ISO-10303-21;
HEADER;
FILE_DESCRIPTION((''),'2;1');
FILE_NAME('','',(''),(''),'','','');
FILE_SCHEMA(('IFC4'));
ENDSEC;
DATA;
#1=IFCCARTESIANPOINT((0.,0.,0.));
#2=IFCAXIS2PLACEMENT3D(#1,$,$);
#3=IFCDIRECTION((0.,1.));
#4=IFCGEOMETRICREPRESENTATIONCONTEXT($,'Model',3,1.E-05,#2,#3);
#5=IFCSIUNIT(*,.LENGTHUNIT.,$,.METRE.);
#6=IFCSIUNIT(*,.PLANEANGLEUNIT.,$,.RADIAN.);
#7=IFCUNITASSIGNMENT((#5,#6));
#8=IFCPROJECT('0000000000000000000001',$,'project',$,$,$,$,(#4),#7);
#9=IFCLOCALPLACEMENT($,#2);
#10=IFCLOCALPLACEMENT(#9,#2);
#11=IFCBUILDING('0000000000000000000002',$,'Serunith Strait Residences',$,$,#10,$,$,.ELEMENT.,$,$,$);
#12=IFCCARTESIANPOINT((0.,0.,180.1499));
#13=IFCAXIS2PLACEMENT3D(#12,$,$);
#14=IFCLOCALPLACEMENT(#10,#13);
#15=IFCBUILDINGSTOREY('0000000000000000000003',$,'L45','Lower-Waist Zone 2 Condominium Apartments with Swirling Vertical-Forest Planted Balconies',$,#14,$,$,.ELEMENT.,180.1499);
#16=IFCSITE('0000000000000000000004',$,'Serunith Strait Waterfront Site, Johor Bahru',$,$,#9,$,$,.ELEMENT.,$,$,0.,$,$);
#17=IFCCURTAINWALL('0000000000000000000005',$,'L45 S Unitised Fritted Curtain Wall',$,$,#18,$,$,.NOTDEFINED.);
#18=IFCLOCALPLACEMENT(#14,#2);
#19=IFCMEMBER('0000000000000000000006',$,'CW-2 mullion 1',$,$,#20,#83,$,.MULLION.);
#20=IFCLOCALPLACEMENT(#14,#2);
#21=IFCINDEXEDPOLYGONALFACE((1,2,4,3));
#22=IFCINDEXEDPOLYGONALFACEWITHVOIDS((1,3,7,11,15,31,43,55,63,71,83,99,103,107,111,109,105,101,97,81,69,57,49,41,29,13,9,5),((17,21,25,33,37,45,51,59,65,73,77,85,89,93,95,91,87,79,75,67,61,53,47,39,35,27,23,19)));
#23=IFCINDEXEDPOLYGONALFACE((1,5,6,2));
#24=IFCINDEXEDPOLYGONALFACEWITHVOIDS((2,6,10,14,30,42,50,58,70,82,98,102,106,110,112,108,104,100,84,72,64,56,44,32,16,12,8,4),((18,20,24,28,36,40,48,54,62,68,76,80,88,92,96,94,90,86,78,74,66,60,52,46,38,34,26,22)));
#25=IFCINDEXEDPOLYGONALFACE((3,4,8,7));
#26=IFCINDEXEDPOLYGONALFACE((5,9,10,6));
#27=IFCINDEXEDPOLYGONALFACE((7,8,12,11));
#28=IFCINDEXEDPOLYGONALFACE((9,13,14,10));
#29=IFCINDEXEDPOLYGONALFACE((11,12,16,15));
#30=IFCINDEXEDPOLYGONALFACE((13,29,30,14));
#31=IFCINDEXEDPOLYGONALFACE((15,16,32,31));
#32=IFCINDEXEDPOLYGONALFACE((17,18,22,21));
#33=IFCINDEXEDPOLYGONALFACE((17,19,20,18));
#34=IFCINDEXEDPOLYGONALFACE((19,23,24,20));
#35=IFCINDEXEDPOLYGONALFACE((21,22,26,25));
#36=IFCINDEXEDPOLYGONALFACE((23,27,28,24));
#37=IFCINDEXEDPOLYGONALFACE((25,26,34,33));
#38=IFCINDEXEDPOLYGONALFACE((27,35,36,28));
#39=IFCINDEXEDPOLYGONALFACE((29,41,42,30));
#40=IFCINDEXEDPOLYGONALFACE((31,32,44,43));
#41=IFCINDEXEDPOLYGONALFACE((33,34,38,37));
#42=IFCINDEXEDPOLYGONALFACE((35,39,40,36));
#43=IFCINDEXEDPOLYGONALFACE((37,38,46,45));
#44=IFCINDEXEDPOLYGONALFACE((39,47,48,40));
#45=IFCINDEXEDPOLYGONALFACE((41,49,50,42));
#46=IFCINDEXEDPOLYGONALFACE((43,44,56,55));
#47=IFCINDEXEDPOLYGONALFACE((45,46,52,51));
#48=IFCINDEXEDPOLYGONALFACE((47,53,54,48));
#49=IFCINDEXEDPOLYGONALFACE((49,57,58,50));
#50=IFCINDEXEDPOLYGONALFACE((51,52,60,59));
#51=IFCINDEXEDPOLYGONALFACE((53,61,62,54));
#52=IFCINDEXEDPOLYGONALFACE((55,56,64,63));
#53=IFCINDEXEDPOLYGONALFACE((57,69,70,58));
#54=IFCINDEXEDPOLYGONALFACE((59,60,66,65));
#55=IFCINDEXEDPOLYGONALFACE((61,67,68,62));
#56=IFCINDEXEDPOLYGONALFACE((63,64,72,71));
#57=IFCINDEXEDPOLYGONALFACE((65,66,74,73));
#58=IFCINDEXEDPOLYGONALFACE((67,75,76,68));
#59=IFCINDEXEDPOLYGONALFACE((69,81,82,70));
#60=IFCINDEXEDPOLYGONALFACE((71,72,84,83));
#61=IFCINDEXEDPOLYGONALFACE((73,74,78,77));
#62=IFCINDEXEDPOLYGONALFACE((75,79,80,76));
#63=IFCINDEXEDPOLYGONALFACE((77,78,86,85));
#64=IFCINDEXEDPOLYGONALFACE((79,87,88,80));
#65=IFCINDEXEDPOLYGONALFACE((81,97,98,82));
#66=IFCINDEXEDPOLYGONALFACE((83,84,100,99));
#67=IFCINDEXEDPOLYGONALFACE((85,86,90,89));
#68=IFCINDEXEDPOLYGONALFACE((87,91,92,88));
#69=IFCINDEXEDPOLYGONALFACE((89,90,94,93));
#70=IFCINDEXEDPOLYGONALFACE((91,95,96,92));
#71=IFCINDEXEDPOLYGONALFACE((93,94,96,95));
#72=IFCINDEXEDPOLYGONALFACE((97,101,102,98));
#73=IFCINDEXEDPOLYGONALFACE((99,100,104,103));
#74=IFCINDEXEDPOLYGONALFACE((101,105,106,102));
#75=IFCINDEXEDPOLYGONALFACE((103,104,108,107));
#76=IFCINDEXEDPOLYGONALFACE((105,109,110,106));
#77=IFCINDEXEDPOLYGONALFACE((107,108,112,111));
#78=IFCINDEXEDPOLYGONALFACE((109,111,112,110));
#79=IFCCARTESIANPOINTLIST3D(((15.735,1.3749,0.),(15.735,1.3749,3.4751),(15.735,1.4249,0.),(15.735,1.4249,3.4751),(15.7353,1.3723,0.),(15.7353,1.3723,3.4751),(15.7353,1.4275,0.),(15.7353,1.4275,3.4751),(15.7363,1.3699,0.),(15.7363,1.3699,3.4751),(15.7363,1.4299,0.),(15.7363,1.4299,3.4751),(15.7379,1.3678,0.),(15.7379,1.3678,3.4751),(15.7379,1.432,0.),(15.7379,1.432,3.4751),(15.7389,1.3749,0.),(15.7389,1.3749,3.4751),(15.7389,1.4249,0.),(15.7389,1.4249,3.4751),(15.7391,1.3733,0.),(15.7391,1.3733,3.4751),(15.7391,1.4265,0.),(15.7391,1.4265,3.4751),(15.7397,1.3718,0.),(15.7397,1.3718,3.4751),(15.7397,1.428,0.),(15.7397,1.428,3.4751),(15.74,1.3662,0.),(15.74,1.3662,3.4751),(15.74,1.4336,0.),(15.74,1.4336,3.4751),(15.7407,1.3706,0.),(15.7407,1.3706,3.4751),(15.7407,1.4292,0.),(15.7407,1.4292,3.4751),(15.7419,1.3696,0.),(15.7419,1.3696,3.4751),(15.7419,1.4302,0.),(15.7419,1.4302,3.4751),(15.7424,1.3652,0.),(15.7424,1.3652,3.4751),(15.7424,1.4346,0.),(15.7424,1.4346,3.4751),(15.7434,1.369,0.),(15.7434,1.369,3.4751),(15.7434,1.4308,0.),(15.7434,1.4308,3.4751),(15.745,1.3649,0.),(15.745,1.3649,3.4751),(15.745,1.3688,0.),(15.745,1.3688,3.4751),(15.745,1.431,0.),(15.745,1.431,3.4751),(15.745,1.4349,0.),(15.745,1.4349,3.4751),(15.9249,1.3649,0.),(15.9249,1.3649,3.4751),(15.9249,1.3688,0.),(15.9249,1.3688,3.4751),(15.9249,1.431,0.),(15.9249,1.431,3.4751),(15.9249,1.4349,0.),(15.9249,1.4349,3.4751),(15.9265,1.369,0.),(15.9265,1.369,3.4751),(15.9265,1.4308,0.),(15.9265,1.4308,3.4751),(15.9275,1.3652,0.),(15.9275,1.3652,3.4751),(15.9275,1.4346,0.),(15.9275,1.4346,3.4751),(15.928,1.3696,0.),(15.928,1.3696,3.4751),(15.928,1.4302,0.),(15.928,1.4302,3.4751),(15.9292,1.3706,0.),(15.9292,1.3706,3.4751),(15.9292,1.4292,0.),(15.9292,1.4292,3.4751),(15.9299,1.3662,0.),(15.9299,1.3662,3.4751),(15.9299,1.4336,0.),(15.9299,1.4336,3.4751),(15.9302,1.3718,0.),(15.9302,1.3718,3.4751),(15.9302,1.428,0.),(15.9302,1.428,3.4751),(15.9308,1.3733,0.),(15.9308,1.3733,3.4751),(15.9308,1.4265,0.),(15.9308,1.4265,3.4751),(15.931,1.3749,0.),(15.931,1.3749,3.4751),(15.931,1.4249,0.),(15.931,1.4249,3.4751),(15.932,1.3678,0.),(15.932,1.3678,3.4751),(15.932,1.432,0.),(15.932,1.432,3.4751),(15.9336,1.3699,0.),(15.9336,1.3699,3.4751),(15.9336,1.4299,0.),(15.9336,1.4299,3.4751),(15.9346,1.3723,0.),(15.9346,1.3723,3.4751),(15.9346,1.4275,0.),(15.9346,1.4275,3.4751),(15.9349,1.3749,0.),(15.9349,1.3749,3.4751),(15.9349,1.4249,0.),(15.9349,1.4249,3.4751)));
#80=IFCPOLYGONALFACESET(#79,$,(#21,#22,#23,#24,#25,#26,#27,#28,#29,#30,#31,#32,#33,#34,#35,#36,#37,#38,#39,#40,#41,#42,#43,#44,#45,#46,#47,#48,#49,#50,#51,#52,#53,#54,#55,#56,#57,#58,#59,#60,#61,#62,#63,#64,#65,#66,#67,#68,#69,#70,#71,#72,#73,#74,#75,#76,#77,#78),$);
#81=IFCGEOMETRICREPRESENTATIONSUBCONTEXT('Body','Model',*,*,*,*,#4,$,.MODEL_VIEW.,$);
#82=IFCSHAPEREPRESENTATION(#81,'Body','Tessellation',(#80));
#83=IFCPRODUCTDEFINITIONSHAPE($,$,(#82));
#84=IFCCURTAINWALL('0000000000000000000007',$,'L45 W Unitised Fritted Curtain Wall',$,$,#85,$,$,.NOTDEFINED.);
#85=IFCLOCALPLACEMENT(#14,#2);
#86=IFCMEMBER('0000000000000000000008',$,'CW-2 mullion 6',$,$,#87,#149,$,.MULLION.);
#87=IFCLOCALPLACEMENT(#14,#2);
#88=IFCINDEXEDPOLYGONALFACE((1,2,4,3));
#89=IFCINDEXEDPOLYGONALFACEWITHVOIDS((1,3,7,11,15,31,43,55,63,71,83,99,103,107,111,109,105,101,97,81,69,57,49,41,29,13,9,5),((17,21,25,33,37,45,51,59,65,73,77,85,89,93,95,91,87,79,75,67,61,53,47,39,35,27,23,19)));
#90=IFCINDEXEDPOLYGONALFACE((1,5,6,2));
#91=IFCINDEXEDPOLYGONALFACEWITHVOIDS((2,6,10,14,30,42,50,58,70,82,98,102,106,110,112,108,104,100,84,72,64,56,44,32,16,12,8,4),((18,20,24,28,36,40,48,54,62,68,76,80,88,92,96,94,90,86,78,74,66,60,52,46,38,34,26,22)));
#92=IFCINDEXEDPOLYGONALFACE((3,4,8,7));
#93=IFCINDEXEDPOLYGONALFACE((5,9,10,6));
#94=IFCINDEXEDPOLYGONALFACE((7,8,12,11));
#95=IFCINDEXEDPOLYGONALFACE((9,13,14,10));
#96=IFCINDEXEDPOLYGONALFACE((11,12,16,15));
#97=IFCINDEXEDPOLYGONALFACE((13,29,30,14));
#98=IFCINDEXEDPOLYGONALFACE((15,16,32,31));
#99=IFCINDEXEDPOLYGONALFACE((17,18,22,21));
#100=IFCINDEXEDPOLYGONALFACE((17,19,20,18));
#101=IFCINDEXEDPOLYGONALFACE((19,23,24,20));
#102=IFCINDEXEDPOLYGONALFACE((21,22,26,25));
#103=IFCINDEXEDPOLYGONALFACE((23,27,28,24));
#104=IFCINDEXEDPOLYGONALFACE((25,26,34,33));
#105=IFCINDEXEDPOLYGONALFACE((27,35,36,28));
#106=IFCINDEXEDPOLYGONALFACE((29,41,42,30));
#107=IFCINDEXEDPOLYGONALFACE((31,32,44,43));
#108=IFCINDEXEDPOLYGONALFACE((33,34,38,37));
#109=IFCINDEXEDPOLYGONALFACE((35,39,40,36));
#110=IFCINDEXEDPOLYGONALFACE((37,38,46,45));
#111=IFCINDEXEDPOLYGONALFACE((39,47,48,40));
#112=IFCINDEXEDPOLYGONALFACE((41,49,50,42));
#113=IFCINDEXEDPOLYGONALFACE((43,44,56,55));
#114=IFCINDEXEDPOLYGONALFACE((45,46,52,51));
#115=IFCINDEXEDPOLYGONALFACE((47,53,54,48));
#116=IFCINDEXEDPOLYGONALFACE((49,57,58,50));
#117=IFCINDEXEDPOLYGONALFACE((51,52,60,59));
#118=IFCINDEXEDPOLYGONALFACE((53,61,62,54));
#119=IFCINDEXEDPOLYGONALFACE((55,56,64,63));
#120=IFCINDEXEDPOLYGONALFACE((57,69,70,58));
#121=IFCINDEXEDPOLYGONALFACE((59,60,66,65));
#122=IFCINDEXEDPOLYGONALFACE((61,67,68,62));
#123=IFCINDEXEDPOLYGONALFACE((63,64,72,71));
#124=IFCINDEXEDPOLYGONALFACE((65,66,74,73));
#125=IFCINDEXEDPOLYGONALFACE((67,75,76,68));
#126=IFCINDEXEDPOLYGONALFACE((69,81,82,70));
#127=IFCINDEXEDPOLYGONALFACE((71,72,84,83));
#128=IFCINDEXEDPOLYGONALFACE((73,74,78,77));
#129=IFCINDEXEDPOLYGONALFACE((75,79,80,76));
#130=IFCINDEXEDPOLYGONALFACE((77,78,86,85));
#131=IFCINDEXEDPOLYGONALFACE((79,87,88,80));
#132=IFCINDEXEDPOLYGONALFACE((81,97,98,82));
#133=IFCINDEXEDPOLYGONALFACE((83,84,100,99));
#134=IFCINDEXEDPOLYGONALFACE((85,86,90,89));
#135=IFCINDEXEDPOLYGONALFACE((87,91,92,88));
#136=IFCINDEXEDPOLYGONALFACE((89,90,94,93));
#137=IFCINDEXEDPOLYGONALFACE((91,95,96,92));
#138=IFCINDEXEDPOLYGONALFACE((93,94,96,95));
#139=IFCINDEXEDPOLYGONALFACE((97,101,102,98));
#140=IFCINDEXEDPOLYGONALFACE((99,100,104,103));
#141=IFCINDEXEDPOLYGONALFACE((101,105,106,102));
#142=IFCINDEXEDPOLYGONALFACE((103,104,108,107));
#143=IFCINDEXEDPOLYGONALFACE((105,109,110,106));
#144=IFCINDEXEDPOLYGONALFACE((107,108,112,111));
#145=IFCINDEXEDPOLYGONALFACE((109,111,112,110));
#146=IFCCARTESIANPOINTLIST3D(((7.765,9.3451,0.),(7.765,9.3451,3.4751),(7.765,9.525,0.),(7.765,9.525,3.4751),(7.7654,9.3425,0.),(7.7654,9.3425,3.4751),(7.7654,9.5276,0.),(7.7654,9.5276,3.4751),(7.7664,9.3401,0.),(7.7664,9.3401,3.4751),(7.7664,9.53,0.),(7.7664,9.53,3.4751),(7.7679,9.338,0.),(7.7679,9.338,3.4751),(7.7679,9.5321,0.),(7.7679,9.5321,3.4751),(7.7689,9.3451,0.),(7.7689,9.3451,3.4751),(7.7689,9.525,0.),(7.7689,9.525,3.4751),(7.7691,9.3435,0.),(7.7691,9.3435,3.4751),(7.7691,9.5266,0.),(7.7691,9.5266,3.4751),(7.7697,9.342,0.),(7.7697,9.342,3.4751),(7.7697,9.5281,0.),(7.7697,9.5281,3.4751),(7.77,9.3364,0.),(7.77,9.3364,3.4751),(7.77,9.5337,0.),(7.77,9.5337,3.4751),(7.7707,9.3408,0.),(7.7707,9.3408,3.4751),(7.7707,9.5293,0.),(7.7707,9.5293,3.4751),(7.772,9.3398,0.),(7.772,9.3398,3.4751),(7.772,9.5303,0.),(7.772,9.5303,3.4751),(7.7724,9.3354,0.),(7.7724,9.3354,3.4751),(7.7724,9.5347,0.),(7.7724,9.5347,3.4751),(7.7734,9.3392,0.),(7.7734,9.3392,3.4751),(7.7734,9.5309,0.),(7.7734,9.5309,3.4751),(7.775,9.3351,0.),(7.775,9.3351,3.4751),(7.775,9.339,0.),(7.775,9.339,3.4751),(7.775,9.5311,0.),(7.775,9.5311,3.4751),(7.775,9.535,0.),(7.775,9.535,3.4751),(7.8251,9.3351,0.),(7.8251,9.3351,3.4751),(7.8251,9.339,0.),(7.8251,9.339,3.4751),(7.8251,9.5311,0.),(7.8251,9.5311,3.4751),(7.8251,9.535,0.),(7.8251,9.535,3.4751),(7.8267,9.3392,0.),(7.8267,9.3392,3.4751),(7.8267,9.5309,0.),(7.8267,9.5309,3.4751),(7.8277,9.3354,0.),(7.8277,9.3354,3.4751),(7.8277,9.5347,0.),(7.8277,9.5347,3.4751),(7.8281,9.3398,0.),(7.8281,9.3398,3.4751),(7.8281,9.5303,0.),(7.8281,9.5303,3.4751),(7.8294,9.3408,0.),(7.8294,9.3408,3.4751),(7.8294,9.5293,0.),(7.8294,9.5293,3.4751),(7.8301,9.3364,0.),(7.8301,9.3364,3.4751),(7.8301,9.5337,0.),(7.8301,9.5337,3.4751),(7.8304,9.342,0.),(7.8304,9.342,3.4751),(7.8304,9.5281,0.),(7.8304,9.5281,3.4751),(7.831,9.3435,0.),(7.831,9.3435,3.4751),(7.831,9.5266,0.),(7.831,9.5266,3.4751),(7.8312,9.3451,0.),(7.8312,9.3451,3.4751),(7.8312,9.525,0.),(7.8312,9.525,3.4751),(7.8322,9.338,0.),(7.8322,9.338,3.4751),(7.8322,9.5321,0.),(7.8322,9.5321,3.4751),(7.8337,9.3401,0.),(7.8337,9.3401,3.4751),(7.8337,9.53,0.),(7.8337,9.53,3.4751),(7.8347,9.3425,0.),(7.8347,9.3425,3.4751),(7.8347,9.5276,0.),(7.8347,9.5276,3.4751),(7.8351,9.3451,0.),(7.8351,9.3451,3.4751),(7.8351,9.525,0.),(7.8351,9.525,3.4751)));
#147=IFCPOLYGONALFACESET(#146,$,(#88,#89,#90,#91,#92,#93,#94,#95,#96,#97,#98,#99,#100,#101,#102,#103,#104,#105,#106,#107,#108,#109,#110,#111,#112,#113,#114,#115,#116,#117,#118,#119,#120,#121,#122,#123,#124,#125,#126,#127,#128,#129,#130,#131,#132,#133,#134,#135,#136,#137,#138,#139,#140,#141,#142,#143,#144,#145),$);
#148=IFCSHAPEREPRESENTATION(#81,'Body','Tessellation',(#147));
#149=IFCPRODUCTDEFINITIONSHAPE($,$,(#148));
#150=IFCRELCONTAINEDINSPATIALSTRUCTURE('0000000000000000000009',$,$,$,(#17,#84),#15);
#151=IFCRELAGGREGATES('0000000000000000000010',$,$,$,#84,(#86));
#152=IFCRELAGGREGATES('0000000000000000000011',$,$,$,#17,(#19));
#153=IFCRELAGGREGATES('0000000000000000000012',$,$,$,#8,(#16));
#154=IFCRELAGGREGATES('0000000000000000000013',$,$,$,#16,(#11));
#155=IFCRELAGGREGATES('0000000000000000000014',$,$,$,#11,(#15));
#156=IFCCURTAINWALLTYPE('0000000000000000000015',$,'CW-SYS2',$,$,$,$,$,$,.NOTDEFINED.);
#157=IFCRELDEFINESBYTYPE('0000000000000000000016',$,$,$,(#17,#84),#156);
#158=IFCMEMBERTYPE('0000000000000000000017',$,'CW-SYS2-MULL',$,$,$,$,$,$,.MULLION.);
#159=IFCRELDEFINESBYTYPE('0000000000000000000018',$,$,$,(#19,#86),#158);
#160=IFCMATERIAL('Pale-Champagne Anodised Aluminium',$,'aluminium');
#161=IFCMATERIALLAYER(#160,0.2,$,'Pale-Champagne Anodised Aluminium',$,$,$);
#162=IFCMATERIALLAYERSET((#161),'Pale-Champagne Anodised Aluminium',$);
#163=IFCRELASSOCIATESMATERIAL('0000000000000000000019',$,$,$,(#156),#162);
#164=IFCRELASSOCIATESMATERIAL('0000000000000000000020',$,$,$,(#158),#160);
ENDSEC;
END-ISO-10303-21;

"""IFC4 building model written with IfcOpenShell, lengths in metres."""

from ifc_helpers import new_model, si_unit, direction, frame, origin, origin_2d, place, context, subcontext, project, spatial, hollow_rectangle, extrude, source, transform, mapped, material, layer, layer_set, material_profile, profile_set, type_object, element, aggregate, save


model = new_model("IFC4")

# Units and contexts
model_context = context("Model", 3, precision=1e-05, world=origin(), true_north=direction((0.0, 1.0)))
body_context = subcontext(model_context, "Body", "Model", "MODEL_VIEW")
ifc_project = project(units=[si_unit("LENGTHUNIT", "METRE"), si_unit("PLANEANGLEUNIT", "RADIAN")], contexts=[model_context])

# Site, building, storey
site_placement = place(None, origin())
site = spatial("IfcSite", under=ifc_project, at=site_placement, Name="Serunith Strait Waterfront Site, Johor Bahru", CompositionType="ELEMENT", RefElevation=0.0)
building_placement = place(site_placement, origin())
building = spatial("IfcBuilding", under=site, at=building_placement, Name="Serunith Strait Residences", CompositionType="ELEMENT")
storey_placement = place(building_placement, frame((0.0, 0.0, 180.1499)))
storey = spatial("IfcBuildingStorey", under=building, at=storey_placement, Name="L45", Description="Lower-Waist Zone 2 Condominium Apartments with Swirling Vertical-Forest Planted Balconies", CompositionType="ELEMENT", Elevation=180.1499)

# Curtain walls, members
ifc_material_1 = material(Name="Pale-Champagne Anodised Aluminium", Category="aluminium")
ifc_layer_1 = layer(ifc_material_1, 0.2, Name="Pale-Champagne Anodised Aluminium")
ifc_layer_set_1 = layer_set([ifc_layer_1], Name="Pale-Champagne Anodised Aluminium")
curtain_wall_type = type_object("IfcCurtainWallType", Name="CW-SYS2", PredefinedType="NOTDEFINED", material=ifc_layer_set_1)
curtain_wall_1_placement = place(storey_placement, origin())
curtain_wall_1 = element("IfcCurtainWall", 1, at=curtain_wall_1_placement, inside=storey, type_object=curtain_wall_type, Name="L45 S Unitised Fritted Curtain Wall", PredefinedType="NOTDEFINED")
ifc_material_profile_1 = material_profile(ifc_material_1, hollow_rectangle(XDim=0.0701, YDim=0.2, WallThickness=0.0039, InnerFilletRadius=0.0061, OuterFilletRadius=0.01, at=origin_2d()), Name="ALU 200x70x4")
ifc_profile_set_1 = profile_set([ifc_material_profile_1], Name="Pale-Champagne Anodised Aluminium")
member_type_1 = type_object("IfcMemberType", Name="CW-SYS2-MULL", PredefinedType="MULLION", material=ifc_profile_set_1)
shared_shape_1 = source(origin(), body_context, "Body", "SweptSolid", [
    extrude(hollow_rectangle(XDim=0.0701, YDim=0.2, WallThickness=0.0039, InnerFilletRadius=0.0061, OuterFilletRadius=0.01, at=origin_2d()), origin(), (0.0, 0.0, 1.0), 3.4751),
])
member_1_placement = place(storey_placement, frame((15.835, 1.3999, 0.0), z_axis=(0.0, 0.0, 1.0), x_axis=(0.0, 1.0, 0.0)))
member_1 = element("IfcMember", 2, at=member_1_placement, type_object=member_type_1, Name="CW-2 mullion 1", PredefinedType="MULLION", context=body_context, shape_type="MappedRepresentation", body=[
    mapped(shared_shape_1, transform((0.0, 0.0, 0.0), scale=1.0)),
])
curtain_wall_2_placement = place(storey_placement, origin())
curtain_wall_2 = element("IfcCurtainWall", 3, at=curtain_wall_2_placement, inside=storey, type_object=curtain_wall_type, Name="L45 W Unitised Fritted Curtain Wall", PredefinedType="NOTDEFINED")
member_2_placement = place(storey_placement, frame((7.8, 9.4351, 0.0), z_axis=(0.0, 0.0, 1.0), x_axis=(1.0, 0.0, 0.0)))
member_2 = element("IfcMember", 4, at=member_2_placement, type_object=member_type_1, Name="CW-2 mullion 6", PredefinedType="MULLION", context=body_context, shape_type="MappedRepresentation", body=[
    mapped(shared_shape_1, transform((0.0, 0.0, 0.0), scale=1.0)),
])
aggregate(curtain_wall_2, [member_2])

aggregate(curtain_wall_1, [member_1])

save(model, "model.ifc")
